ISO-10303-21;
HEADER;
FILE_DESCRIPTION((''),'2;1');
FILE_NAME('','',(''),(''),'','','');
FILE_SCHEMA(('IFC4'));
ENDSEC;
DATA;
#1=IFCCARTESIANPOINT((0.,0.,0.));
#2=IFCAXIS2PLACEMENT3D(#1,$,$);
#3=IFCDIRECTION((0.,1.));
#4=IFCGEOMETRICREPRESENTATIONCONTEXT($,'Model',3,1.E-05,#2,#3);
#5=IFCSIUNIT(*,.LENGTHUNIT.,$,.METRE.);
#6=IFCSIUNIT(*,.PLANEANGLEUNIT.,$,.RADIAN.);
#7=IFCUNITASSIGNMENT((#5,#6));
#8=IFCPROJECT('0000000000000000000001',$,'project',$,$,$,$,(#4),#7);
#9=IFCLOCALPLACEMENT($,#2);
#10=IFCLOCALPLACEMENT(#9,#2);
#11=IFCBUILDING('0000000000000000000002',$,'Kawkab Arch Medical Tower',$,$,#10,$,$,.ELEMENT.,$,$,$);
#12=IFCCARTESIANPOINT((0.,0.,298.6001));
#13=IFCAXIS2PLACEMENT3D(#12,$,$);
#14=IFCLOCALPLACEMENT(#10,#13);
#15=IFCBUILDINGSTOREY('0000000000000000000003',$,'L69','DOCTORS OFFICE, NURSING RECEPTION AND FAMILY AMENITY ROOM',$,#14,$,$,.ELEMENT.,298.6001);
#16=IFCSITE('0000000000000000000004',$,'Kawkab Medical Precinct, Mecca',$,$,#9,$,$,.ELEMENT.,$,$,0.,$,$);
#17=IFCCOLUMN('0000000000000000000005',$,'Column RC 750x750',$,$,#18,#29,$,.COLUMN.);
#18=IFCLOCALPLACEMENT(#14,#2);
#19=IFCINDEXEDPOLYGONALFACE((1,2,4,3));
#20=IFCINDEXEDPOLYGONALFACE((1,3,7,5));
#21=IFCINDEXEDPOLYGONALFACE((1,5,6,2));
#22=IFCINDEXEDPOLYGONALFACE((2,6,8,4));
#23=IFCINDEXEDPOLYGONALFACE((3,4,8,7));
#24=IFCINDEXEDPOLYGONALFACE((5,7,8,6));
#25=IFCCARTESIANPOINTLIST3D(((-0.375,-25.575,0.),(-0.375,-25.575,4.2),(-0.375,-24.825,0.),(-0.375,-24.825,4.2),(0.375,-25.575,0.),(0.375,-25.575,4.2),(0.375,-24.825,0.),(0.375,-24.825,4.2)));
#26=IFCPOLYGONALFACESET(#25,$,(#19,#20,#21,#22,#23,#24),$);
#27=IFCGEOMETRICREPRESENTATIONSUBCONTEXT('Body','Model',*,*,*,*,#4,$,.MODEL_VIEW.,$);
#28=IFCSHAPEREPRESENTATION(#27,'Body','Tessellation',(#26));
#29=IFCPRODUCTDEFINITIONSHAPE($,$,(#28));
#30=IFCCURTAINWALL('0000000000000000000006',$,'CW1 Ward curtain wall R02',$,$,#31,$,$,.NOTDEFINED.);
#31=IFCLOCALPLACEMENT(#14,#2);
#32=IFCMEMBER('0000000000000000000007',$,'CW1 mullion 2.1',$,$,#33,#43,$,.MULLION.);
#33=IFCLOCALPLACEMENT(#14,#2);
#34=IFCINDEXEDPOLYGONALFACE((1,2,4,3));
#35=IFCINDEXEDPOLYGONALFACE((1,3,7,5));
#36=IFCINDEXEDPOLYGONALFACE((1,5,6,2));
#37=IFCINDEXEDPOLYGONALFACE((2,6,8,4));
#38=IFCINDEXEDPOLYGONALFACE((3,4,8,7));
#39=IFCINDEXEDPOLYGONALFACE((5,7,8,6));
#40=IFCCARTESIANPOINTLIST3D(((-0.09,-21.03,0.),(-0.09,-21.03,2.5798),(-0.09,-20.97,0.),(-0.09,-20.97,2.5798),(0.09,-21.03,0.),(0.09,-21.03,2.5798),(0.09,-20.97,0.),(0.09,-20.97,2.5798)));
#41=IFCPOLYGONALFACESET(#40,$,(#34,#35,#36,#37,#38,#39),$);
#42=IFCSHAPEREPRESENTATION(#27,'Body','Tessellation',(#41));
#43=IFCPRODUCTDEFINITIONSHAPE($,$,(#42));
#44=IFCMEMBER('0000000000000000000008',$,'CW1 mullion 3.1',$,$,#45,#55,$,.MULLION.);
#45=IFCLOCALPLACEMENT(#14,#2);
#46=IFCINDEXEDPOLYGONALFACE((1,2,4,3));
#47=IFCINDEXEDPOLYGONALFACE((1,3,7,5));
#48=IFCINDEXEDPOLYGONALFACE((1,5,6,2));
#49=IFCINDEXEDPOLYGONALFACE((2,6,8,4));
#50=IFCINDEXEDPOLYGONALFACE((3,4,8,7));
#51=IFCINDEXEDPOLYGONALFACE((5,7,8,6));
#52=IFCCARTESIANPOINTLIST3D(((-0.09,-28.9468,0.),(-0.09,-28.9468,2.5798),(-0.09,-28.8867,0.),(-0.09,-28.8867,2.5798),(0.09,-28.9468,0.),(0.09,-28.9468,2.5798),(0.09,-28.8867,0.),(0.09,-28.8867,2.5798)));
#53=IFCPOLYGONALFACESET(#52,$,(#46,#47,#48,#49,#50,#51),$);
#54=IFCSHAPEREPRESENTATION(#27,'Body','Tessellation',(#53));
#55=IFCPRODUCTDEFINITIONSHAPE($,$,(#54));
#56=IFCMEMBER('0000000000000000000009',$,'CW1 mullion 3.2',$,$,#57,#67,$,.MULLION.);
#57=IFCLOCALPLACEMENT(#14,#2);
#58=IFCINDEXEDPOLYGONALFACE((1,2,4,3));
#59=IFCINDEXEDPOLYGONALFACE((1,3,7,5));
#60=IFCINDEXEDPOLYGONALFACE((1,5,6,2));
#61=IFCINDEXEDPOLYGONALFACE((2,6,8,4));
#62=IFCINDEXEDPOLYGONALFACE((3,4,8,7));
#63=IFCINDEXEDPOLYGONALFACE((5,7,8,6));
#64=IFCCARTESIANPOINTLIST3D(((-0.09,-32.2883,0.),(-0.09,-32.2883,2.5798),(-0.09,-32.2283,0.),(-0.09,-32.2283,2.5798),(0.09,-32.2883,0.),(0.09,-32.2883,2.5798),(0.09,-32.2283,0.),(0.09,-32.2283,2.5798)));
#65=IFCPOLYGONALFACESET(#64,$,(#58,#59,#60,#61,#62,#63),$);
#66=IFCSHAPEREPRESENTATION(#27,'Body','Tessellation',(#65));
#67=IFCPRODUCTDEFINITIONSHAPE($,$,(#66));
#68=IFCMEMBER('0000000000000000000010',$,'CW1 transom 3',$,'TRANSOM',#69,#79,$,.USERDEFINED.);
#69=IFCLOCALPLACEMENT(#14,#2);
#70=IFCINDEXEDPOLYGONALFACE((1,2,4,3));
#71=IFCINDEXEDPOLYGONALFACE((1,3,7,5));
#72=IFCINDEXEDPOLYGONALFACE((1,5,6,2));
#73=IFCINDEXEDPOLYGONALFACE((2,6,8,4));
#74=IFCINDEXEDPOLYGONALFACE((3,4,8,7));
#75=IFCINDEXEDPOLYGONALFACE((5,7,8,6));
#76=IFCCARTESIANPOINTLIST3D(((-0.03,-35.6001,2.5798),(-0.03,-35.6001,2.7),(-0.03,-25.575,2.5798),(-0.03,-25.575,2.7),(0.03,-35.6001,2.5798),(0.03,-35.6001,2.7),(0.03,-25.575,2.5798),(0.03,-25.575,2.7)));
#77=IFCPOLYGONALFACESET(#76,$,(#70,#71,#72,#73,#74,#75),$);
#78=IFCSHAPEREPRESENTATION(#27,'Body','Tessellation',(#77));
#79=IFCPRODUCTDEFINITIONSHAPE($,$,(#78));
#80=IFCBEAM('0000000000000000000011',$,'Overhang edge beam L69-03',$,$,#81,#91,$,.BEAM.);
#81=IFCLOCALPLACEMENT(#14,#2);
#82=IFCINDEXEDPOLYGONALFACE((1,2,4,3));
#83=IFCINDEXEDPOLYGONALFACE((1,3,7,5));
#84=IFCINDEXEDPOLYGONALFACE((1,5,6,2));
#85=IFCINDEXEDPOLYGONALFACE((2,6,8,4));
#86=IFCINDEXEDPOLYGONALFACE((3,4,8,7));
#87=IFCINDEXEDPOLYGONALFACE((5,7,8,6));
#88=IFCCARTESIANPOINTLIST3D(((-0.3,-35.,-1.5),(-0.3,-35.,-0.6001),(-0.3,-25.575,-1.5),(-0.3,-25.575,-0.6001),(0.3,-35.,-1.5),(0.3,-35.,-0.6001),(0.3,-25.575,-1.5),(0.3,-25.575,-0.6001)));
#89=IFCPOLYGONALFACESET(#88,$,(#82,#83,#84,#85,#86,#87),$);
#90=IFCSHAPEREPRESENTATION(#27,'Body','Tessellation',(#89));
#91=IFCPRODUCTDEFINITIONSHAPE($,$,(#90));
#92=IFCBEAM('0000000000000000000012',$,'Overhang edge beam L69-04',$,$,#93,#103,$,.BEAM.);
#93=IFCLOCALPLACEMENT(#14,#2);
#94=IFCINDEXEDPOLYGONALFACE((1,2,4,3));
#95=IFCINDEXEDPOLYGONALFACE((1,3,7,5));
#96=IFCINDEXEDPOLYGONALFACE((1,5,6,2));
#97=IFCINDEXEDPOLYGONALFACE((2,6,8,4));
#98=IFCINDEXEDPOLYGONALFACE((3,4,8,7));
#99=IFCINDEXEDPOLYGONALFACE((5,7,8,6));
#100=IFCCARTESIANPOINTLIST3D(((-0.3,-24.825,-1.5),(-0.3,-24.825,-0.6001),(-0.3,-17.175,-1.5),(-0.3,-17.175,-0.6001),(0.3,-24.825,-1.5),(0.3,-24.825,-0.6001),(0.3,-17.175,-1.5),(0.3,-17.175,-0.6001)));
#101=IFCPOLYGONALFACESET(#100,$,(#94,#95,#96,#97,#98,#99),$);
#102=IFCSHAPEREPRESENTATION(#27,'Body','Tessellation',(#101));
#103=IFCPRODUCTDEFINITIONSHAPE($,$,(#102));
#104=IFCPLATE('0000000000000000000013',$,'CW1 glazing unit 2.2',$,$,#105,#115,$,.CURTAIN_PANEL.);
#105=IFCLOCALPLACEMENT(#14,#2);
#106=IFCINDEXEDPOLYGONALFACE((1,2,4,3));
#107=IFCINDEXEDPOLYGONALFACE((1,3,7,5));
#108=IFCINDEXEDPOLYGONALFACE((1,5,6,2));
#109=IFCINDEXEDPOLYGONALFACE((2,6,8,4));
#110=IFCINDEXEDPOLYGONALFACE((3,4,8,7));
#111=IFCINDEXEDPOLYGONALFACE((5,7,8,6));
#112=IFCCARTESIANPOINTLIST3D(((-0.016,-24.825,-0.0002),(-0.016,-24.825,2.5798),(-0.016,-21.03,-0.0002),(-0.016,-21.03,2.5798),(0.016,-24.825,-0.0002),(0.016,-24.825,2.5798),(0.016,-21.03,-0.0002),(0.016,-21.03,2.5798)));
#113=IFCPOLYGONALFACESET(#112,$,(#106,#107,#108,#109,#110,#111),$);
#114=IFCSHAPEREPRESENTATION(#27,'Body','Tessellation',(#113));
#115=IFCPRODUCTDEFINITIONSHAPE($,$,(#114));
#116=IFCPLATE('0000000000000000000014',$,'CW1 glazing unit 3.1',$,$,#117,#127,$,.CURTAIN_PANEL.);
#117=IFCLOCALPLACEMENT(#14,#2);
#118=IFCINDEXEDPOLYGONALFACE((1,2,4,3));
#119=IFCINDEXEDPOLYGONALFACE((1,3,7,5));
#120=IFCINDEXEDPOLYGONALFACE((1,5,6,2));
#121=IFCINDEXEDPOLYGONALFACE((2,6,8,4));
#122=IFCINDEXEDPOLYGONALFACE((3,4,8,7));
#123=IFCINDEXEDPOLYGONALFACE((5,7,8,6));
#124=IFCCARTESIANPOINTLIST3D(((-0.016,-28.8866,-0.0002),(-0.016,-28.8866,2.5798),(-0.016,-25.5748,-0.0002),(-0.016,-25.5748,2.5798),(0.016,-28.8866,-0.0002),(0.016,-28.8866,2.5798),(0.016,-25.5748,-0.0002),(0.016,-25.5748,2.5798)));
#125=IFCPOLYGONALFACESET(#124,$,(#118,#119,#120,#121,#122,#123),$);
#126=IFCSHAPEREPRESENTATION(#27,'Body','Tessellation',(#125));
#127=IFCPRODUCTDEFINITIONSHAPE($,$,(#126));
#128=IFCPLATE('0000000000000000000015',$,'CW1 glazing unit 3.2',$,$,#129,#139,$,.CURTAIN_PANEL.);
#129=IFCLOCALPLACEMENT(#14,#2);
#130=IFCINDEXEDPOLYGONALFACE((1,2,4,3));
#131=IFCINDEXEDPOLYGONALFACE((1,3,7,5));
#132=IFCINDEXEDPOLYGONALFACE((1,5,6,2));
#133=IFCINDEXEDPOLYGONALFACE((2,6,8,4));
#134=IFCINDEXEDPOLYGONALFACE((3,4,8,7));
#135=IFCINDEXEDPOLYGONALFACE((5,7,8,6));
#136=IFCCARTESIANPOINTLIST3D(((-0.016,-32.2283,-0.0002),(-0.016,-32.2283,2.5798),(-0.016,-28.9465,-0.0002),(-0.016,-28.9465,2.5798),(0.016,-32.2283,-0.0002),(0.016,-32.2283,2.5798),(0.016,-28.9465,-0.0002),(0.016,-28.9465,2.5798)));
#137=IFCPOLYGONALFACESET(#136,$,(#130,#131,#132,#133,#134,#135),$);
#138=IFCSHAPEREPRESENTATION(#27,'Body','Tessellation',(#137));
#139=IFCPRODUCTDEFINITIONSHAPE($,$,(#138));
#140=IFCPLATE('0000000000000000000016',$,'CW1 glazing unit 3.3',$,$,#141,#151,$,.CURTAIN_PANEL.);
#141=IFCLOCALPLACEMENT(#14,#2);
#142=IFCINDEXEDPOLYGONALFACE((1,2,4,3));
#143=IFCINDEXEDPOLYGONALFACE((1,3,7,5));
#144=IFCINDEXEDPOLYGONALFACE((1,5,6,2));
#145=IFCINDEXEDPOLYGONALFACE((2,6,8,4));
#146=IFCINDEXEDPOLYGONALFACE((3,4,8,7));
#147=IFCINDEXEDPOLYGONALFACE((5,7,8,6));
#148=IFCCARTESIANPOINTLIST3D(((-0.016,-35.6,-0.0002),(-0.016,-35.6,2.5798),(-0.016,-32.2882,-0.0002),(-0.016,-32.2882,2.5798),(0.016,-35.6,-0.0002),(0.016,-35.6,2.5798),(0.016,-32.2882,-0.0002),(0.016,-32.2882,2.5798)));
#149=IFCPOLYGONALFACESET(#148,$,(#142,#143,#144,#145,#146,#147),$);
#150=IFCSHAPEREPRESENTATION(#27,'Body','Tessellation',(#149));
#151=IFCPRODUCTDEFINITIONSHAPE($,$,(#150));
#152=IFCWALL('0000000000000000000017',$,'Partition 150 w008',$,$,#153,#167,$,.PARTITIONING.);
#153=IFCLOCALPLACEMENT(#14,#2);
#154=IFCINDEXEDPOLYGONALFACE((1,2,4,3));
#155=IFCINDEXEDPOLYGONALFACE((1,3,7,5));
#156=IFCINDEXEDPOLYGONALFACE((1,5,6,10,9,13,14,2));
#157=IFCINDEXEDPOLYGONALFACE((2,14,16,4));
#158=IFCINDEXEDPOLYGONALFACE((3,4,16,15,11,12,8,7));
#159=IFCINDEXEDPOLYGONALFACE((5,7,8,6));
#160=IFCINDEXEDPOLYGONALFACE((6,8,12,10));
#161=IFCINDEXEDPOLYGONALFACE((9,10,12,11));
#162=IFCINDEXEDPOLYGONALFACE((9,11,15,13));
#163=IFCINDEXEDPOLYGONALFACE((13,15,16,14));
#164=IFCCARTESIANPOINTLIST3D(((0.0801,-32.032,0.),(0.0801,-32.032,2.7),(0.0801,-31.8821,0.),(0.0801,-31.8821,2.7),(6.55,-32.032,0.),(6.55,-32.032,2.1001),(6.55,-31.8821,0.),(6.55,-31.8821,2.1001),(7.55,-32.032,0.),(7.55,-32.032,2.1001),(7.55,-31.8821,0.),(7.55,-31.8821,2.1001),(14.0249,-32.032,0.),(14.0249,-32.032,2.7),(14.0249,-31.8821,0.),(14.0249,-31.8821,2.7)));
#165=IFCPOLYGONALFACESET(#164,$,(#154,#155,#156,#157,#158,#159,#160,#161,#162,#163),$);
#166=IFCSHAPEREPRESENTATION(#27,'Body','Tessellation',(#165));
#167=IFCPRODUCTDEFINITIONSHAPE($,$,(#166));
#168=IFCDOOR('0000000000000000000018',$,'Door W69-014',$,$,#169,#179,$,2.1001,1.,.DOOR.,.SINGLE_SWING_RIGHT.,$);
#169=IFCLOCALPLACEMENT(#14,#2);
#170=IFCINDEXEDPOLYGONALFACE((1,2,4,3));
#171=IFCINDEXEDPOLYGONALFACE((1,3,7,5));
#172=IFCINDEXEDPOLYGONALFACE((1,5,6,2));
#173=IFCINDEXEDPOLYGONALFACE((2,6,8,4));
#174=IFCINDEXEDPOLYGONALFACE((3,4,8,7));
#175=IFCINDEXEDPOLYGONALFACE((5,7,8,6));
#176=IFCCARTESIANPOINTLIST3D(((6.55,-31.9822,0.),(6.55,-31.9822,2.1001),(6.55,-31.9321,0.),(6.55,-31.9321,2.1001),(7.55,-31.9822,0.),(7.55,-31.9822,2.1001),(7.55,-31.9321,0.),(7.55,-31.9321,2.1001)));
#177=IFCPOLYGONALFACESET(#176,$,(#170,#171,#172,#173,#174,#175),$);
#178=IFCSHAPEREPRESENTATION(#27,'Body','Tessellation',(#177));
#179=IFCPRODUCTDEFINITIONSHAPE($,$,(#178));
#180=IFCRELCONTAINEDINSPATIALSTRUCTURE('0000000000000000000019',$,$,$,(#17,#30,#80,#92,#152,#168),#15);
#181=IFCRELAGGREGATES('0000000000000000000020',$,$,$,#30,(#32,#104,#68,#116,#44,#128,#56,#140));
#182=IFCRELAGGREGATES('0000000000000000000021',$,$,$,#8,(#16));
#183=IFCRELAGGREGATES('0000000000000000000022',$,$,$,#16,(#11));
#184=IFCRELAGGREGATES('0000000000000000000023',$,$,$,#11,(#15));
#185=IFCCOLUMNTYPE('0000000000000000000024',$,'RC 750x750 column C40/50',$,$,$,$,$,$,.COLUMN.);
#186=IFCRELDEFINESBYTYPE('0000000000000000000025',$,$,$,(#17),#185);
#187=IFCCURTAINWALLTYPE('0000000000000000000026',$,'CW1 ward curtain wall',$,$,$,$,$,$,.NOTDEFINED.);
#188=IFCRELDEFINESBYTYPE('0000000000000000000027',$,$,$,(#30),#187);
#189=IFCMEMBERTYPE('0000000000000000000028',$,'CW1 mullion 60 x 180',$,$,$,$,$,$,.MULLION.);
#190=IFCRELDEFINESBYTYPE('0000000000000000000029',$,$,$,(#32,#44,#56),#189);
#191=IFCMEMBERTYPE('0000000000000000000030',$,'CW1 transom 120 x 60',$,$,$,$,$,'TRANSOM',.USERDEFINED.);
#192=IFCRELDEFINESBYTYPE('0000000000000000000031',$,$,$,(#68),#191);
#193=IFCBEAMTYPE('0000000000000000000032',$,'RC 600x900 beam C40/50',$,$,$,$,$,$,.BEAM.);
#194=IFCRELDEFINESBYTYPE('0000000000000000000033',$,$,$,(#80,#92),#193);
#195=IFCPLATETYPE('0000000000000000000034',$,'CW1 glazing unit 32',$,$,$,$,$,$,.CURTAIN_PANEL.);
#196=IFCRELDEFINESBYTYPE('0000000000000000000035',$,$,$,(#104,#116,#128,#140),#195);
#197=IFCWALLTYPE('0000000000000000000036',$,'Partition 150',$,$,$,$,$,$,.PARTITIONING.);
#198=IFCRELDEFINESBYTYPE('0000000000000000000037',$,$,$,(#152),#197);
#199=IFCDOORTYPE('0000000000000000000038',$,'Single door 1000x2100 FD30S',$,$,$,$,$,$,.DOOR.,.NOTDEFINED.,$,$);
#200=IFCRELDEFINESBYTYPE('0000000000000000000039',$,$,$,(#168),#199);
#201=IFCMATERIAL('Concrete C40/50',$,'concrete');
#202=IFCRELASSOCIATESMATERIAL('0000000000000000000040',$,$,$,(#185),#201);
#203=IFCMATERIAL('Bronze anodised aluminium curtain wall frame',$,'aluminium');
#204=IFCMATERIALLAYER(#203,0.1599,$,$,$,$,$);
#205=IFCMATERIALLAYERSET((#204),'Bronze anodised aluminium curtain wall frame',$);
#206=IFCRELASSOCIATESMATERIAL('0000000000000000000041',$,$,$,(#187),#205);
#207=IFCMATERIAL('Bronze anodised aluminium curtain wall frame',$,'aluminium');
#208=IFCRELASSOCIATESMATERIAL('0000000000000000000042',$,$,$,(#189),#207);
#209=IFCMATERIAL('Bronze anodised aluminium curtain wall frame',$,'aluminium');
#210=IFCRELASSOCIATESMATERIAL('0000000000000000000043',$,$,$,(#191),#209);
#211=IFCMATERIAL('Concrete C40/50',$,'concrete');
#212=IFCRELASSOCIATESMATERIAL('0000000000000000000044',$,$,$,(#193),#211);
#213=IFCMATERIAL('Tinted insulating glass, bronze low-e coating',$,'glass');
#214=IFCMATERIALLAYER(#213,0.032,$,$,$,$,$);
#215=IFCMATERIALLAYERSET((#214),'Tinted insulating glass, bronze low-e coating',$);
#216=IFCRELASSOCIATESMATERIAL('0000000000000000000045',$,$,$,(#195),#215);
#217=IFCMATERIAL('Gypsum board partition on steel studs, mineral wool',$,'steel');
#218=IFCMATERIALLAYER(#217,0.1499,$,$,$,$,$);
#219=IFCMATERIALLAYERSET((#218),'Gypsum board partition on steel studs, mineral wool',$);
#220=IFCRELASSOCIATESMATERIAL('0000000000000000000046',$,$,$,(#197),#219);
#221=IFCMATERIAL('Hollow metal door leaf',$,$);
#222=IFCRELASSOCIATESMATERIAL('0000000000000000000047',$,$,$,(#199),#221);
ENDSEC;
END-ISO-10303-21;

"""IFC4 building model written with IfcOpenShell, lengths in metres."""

from ifc_helpers import new_model, si_unit, direction, frame, frame_2d, origin, origin_2d, place, context, subcontext, project, spatial, rectangle, extrude, material, layer, layer_set, material_profile, profile_set, type_object, element, fill, aggregate, save


model = new_model("IFC4")

# Units and contexts
model_context = context("Model", 3, precision=1e-05, world=origin(), true_north=direction((0.0, 1.0)))
body_context = subcontext(model_context, "Body", "Model", "MODEL_VIEW")
ifc_project = project(units=[si_unit("LENGTHUNIT", "METRE"), si_unit("PLANEANGLEUNIT", "RADIAN")], contexts=[model_context])

# Site, building, storey
site_placement = place(None, origin())
site = spatial("IfcSite", under=ifc_project, at=site_placement, Name="Kawkab Medical Precinct, Mecca", CompositionType="ELEMENT", RefElevation=0.0)
building_placement = place(site_placement, origin())
building = spatial("IfcBuilding", under=site, at=building_placement, Name="Kawkab Arch Medical Tower", CompositionType="ELEMENT")
storey_placement = place(building_placement, frame((0.0, 0.0, 298.6001)))
storey = spatial("IfcBuildingStorey", under=building, at=storey_placement, Name="L69", Description="DOCTORS OFFICE, NURSING RECEPTION AND FAMILY AMENITY ROOM", CompositionType="ELEMENT", Elevation=298.6001)

# Column
ifc_material_1 = material(Name="Concrete C40/50", Category="concrete")
ifc_material_profile_1 = material_profile(ifc_material_1, rectangle(XDim=0.75, YDim=0.75, at=origin_2d()), Name="RC 750x750")
ifc_profile_set_1 = profile_set([ifc_material_profile_1], Name="Concrete C40/50")
column_type = type_object("IfcColumnType", Name="RC 750x750 column C40/50", PredefinedType="COLUMN", material=ifc_profile_set_1)
column_placement = place(storey_placement, frame((0.0, -25.2, 0.0), z_axis=(0.0, 0.0, 1.0), x_axis=(1.0, 0.0, 0.0)))
element("IfcColumn", 1, at=column_placement, inside=storey, type_object=column_type, Name="Column RC 750x750", PredefinedType="COLUMN", context=body_context, shape_type="SweptSolid", body=[
    extrude(rectangle(XDim=0.75, YDim=0.75, at=origin_2d()), origin(), (0.0, 0.0, 1.0), 4.2),
])

# Curtain wall, members
ifc_material_2 = material(Name="Bronze anodised aluminium curtain wall frame", Category="aluminium")
ifc_layer_1 = layer(ifc_material_2, 0.1599)
ifc_layer_set_1 = layer_set([ifc_layer_1], Name="Bronze anodised aluminium curtain wall frame")
curtain_wall_type = type_object("IfcCurtainWallType", Name="CW1 ward curtain wall", PredefinedType="NOTDEFINED", material=ifc_layer_set_1)
curtain_wall_placement = place(storey_placement, origin())
curtain_wall = element("IfcCurtainWall", 2, at=curtain_wall_placement, inside=storey, type_object=curtain_wall_type, Name="CW1 Ward curtain wall R02", PredefinedType="NOTDEFINED")
ifc_material_3 = material(Name="Bronze anodised aluminium curtain wall frame", Category="aluminium")
ifc_material_profile_2 = material_profile(ifc_material_3, rectangle(XDim=0.1799, YDim=0.0601, at=origin_2d()), Name="AL 60x180")
ifc_profile_set_2 = profile_set([ifc_material_profile_2], Name="Bronze anodised aluminium curtain wall frame")
member_type_1 = type_object("IfcMemberType", Name="CW1 mullion 60 x 180", PredefinedType="MULLION", material=ifc_profile_set_2)
member_1_placement = place(storey_placement, frame((0.0, -21.0, 0.0), z_axis=(0.0, 0.0, 1.0), x_axis=(1.0, 0.0, 0.0)))
member_1 = element("IfcMember", 3, at=member_1_placement, type_object=member_type_1, Name="CW1 mullion 2.1", PredefinedType="MULLION", context=body_context, shape_type="SweptSolid", body=[
    extrude(rectangle(XDim=0.1799, YDim=0.0601, at=origin_2d()), origin(), (0.0, 0.0, 1.0), 2.5798),
])
member_2_placement = place(storey_placement, frame((0.0, -28.9167, 0.0), z_axis=(0.0, 0.0, 1.0), x_axis=(1.0, 0.0, 0.0)))
member_2 = element("IfcMember", 4, at=member_2_placement, type_object=member_type_1, Name="CW1 mullion 3.1", PredefinedType="MULLION", context=body_context, shape_type="SweptSolid", body=[
    extrude(rectangle(XDim=0.1799, YDim=0.0601, at=origin_2d()), origin(), (0.0, 0.0, 1.0), 2.5798),
])
member_3_placement = place(storey_placement, frame((0.0, -32.2583, 0.0), z_axis=(0.0, 0.0, 1.0), x_axis=(1.0, 0.0, 0.0)))
member_3 = element("IfcMember", 5, at=member_3_placement, type_object=member_type_1, Name="CW1 mullion 3.2", PredefinedType="MULLION", context=body_context, shape_type="SweptSolid", body=[
    extrude(rectangle(XDim=0.1799, YDim=0.0601, at=origin_2d()), origin(), (0.0, 0.0, 1.0), 2.5798),
])
ifc_material_4 = material(Name="Bronze anodised aluminium curtain wall frame", Category="aluminium")
ifc_material_profile_3 = material_profile(ifc_material_4, rectangle(XDim=0.0601, YDim=0.1201, at=origin_2d()), Name="AL 60x120")
ifc_profile_set_3 = profile_set([ifc_material_profile_3], Name="Bronze anodised aluminium curtain wall frame")
member_type_2 = type_object("IfcMemberType", Name="CW1 transom 120 x 60", ElementType="TRANSOM", PredefinedType="USERDEFINED", material=ifc_profile_set_3)
member_4_placement = place(storey_placement, frame((0.0, -25.575, 2.6399), z_axis=(0.0, -1.0, 0.0), x_axis=(1.0, 0.0, 0.0)))
member_4 = element("IfcMember", 6, at=member_4_placement, type_object=member_type_2, Name="CW1 transom 3", ObjectType="TRANSOM", PredefinedType="USERDEFINED", context=body_context, shape_type="SweptSolid", body=[
    extrude(rectangle(XDim=0.0601, YDim=0.1201, at=origin_2d()), origin(), (0.0, 0.0, 1.0), 10.0251),
])

# Beams
ifc_material_5 = material(Name="Concrete C40/50", Category="concrete")
ifc_material_profile_4 = material_profile(ifc_material_5, rectangle(XDim=0.6001, YDim=0.8999, at=origin_2d()), Name="RC 600x900")
ifc_profile_set_4 = profile_set([ifc_material_profile_4], Name="Concrete C40/50")
beam_type = type_object("IfcBeamType", Name="RC 600x900 beam C40/50", PredefinedType="BEAM", material=ifc_profile_set_4)
beam_1_placement = place(storey_placement, frame((0.0, -35.0, -1.05), z_axis=(0.0, 1.0, 0.0), x_axis=(-1.0, 0.0, 0.0)))
element("IfcBeam", 7, at=beam_1_placement, inside=storey, type_object=beam_type, Name="Overhang edge beam L69-03", PredefinedType="BEAM", context=body_context, shape_type="SweptSolid", body=[
    extrude(rectangle(XDim=0.6001, YDim=0.8999, at=origin_2d()), origin(), (0.0, 0.0, 1.0), 9.425),
])
beam_2_placement = place(storey_placement, frame((0.0, -24.825, -1.05), z_axis=(0.0, 1.0, 0.0), x_axis=(-1.0, 0.0, 0.0)))
element("IfcBeam", 8, at=beam_2_placement, inside=storey, type_object=beam_type, Name="Overhang edge beam L69-04", PredefinedType="BEAM", context=body_context, shape_type="SweptSolid", body=[
    extrude(rectangle(XDim=0.6001, YDim=0.8999, at=origin_2d()), origin(), (0.0, 0.0, 1.0), 7.6499),
])

# Plates
ifc_material_6 = material(Name="Tinted insulating glass, bronze low-e coating", Category="glass")
ifc_layer_2 = layer(ifc_material_6, 0.032)
ifc_layer_set_2 = layer_set([ifc_layer_2], Name="Tinted insulating glass, bronze low-e coating")
plate_type = type_object("IfcPlateType", Name="CW1 glazing unit 32", PredefinedType="CURTAIN_PANEL", material=ifc_layer_set_2)
plate_1_placement = place(storey_placement, frame((0.0, -22.9275, -0.0002), z_axis=(0.0, 0.0, 1.0), x_axis=(0.0, -1.0, 0.0)))
plate_1 = element("IfcPlate", 9, at=plate_1_placement, type_object=plate_type, Name="CW1 glazing unit 2.2", PredefinedType="CURTAIN_PANEL", context=body_context, shape_type="SweptSolid", body=[
    extrude(rectangle(XDim=3.7949, YDim=0.032, at=origin_2d()), origin(), (0.0, 0.0, 1.0), 2.5801),
])
plate_2_placement = place(storey_placement, frame((0.0, -27.2307, -0.0002), z_axis=(0.0, 0.0, 1.0), x_axis=(0.0, -1.0, 0.0)))
plate_2 = element("IfcPlate", 10, at=plate_2_placement, type_object=plate_type, Name="CW1 glazing unit 3.1", PredefinedType="CURTAIN_PANEL", context=body_context, shape_type="SweptSolid", body=[
    extrude(rectangle(XDim=3.3118, YDim=0.032, at=origin_2d()), origin(), (0.0, 0.0, 1.0), 2.5801),
])
plate_3_placement = place(storey_placement, frame((0.0, -30.5874, -0.0002), z_axis=(0.0, 0.0, 1.0), x_axis=(0.0, -1.0, 0.0)))
plate_3 = element("IfcPlate", 11, at=plate_3_placement, type_object=plate_type, Name="CW1 glazing unit 3.2", PredefinedType="CURTAIN_PANEL", context=body_context, shape_type="SweptSolid", body=[
    extrude(rectangle(XDim=3.2817, YDim=0.032, at=origin_2d()), origin(), (0.0, 0.0, 1.0), 2.5801),
])
plate_4_placement = place(storey_placement, frame((0.0, -33.9441, -0.0002), z_axis=(0.0, 0.0, 1.0), x_axis=(0.0, -1.0, 0.0)))
plate_4 = element("IfcPlate", 12, at=plate_4_placement, type_object=plate_type, Name="CW1 glazing unit 3.3", PredefinedType="CURTAIN_PANEL", context=body_context, shape_type="SweptSolid", body=[
    extrude(rectangle(XDim=3.3118, YDim=0.032, at=origin_2d()), origin(), (0.0, 0.0, 1.0), 2.5801),
])
aggregate(curtain_wall, [member_1, plate_1, member_4, plate_2, member_2, plate_3, member_3, plate_4])

# Wall, opening, door
ifc_material_7 = material(Name="Gypsum board partition on steel studs, mineral wool", Category="steel")
ifc_layer_3 = layer(ifc_material_7, 0.1499)
ifc_layer_set_3 = layer_set([ifc_layer_3], Name="Gypsum board partition on steel studs, mineral wool")
wall_type_1 = type_object("IfcWallType", Name="Partition 150", PredefinedType="PARTITIONING", material=ifc_layer_set_3)
wall_1_placement = place(storey_placement, frame((0.0801, -31.957, 0.0), z_axis=(0.0, 0.0, 1.0), x_axis=(1.0, 0.0, 0.0)))
wall_1 = element("IfcWall", 13, at=wall_1_placement, inside=storey, type_object=wall_type_1, Name="Partition 150 w008", PredefinedType="PARTITIONING", context=body_context, shape_type="SweptSolid", body=[
    extrude(rectangle(XDim=13.9448, YDim=0.1499, at=frame_2d((6.9724, 0.0))), origin(), (0.0, 0.0, 1.0), 2.7),
])
opening_1_placement = place(wall_1_placement, frame((6.47, 0.0, 0.0)))
opening_1 = element("IfcOpeningElement", 14, at=opening_1_placement, cuts=wall_1, PredefinedType="OPENING", context=body_context, shape_type="SweptSolid", body=[
    extrude(rectangle(XDim=1.0, YDim=2.1001, at=frame_2d((0.5, 1.05))), frame((0.0, 0.085, 0.0), z_axis=(0.0, -1.0, 0.0), x_axis=(1.0, 0.0, 0.0)), (0.0, 0.0, 1.0), 0.1699),
])
ifc_material_8 = material(Name="Hollow metal door leaf")
door_type_1 = type_object("IfcDoorType", Name="Single door 1000x2100 FD30S", OperationType="NOTDEFINED", PredefinedType="DOOR", material=ifc_material_8)
door_1_placement = place(opening_1_placement, origin())
door_1 = element("IfcDoor", 15, at=door_1_placement, inside=storey, type_object=door_type_1, Name="Door W69-014", OperationType="SINGLE_SWING_RIGHT", OverallHeight=2.1001, OverallWidth=1.0, PredefinedType="DOOR", context=body_context, shape_type="SweptSolid", body=[
    extrude(rectangle(XDim=1.0, YDim=2.1001, at=frame_2d((0.5, 1.05))), frame((0.0, 0.0249, 0.0), z_axis=(0.0, -1.0, 0.0), x_axis=(1.0, 0.0, 0.0)), (0.0, 0.0, 1.0), 0.05),
])
fill(opening_1, door_1)

save(model, "model.ifc")
